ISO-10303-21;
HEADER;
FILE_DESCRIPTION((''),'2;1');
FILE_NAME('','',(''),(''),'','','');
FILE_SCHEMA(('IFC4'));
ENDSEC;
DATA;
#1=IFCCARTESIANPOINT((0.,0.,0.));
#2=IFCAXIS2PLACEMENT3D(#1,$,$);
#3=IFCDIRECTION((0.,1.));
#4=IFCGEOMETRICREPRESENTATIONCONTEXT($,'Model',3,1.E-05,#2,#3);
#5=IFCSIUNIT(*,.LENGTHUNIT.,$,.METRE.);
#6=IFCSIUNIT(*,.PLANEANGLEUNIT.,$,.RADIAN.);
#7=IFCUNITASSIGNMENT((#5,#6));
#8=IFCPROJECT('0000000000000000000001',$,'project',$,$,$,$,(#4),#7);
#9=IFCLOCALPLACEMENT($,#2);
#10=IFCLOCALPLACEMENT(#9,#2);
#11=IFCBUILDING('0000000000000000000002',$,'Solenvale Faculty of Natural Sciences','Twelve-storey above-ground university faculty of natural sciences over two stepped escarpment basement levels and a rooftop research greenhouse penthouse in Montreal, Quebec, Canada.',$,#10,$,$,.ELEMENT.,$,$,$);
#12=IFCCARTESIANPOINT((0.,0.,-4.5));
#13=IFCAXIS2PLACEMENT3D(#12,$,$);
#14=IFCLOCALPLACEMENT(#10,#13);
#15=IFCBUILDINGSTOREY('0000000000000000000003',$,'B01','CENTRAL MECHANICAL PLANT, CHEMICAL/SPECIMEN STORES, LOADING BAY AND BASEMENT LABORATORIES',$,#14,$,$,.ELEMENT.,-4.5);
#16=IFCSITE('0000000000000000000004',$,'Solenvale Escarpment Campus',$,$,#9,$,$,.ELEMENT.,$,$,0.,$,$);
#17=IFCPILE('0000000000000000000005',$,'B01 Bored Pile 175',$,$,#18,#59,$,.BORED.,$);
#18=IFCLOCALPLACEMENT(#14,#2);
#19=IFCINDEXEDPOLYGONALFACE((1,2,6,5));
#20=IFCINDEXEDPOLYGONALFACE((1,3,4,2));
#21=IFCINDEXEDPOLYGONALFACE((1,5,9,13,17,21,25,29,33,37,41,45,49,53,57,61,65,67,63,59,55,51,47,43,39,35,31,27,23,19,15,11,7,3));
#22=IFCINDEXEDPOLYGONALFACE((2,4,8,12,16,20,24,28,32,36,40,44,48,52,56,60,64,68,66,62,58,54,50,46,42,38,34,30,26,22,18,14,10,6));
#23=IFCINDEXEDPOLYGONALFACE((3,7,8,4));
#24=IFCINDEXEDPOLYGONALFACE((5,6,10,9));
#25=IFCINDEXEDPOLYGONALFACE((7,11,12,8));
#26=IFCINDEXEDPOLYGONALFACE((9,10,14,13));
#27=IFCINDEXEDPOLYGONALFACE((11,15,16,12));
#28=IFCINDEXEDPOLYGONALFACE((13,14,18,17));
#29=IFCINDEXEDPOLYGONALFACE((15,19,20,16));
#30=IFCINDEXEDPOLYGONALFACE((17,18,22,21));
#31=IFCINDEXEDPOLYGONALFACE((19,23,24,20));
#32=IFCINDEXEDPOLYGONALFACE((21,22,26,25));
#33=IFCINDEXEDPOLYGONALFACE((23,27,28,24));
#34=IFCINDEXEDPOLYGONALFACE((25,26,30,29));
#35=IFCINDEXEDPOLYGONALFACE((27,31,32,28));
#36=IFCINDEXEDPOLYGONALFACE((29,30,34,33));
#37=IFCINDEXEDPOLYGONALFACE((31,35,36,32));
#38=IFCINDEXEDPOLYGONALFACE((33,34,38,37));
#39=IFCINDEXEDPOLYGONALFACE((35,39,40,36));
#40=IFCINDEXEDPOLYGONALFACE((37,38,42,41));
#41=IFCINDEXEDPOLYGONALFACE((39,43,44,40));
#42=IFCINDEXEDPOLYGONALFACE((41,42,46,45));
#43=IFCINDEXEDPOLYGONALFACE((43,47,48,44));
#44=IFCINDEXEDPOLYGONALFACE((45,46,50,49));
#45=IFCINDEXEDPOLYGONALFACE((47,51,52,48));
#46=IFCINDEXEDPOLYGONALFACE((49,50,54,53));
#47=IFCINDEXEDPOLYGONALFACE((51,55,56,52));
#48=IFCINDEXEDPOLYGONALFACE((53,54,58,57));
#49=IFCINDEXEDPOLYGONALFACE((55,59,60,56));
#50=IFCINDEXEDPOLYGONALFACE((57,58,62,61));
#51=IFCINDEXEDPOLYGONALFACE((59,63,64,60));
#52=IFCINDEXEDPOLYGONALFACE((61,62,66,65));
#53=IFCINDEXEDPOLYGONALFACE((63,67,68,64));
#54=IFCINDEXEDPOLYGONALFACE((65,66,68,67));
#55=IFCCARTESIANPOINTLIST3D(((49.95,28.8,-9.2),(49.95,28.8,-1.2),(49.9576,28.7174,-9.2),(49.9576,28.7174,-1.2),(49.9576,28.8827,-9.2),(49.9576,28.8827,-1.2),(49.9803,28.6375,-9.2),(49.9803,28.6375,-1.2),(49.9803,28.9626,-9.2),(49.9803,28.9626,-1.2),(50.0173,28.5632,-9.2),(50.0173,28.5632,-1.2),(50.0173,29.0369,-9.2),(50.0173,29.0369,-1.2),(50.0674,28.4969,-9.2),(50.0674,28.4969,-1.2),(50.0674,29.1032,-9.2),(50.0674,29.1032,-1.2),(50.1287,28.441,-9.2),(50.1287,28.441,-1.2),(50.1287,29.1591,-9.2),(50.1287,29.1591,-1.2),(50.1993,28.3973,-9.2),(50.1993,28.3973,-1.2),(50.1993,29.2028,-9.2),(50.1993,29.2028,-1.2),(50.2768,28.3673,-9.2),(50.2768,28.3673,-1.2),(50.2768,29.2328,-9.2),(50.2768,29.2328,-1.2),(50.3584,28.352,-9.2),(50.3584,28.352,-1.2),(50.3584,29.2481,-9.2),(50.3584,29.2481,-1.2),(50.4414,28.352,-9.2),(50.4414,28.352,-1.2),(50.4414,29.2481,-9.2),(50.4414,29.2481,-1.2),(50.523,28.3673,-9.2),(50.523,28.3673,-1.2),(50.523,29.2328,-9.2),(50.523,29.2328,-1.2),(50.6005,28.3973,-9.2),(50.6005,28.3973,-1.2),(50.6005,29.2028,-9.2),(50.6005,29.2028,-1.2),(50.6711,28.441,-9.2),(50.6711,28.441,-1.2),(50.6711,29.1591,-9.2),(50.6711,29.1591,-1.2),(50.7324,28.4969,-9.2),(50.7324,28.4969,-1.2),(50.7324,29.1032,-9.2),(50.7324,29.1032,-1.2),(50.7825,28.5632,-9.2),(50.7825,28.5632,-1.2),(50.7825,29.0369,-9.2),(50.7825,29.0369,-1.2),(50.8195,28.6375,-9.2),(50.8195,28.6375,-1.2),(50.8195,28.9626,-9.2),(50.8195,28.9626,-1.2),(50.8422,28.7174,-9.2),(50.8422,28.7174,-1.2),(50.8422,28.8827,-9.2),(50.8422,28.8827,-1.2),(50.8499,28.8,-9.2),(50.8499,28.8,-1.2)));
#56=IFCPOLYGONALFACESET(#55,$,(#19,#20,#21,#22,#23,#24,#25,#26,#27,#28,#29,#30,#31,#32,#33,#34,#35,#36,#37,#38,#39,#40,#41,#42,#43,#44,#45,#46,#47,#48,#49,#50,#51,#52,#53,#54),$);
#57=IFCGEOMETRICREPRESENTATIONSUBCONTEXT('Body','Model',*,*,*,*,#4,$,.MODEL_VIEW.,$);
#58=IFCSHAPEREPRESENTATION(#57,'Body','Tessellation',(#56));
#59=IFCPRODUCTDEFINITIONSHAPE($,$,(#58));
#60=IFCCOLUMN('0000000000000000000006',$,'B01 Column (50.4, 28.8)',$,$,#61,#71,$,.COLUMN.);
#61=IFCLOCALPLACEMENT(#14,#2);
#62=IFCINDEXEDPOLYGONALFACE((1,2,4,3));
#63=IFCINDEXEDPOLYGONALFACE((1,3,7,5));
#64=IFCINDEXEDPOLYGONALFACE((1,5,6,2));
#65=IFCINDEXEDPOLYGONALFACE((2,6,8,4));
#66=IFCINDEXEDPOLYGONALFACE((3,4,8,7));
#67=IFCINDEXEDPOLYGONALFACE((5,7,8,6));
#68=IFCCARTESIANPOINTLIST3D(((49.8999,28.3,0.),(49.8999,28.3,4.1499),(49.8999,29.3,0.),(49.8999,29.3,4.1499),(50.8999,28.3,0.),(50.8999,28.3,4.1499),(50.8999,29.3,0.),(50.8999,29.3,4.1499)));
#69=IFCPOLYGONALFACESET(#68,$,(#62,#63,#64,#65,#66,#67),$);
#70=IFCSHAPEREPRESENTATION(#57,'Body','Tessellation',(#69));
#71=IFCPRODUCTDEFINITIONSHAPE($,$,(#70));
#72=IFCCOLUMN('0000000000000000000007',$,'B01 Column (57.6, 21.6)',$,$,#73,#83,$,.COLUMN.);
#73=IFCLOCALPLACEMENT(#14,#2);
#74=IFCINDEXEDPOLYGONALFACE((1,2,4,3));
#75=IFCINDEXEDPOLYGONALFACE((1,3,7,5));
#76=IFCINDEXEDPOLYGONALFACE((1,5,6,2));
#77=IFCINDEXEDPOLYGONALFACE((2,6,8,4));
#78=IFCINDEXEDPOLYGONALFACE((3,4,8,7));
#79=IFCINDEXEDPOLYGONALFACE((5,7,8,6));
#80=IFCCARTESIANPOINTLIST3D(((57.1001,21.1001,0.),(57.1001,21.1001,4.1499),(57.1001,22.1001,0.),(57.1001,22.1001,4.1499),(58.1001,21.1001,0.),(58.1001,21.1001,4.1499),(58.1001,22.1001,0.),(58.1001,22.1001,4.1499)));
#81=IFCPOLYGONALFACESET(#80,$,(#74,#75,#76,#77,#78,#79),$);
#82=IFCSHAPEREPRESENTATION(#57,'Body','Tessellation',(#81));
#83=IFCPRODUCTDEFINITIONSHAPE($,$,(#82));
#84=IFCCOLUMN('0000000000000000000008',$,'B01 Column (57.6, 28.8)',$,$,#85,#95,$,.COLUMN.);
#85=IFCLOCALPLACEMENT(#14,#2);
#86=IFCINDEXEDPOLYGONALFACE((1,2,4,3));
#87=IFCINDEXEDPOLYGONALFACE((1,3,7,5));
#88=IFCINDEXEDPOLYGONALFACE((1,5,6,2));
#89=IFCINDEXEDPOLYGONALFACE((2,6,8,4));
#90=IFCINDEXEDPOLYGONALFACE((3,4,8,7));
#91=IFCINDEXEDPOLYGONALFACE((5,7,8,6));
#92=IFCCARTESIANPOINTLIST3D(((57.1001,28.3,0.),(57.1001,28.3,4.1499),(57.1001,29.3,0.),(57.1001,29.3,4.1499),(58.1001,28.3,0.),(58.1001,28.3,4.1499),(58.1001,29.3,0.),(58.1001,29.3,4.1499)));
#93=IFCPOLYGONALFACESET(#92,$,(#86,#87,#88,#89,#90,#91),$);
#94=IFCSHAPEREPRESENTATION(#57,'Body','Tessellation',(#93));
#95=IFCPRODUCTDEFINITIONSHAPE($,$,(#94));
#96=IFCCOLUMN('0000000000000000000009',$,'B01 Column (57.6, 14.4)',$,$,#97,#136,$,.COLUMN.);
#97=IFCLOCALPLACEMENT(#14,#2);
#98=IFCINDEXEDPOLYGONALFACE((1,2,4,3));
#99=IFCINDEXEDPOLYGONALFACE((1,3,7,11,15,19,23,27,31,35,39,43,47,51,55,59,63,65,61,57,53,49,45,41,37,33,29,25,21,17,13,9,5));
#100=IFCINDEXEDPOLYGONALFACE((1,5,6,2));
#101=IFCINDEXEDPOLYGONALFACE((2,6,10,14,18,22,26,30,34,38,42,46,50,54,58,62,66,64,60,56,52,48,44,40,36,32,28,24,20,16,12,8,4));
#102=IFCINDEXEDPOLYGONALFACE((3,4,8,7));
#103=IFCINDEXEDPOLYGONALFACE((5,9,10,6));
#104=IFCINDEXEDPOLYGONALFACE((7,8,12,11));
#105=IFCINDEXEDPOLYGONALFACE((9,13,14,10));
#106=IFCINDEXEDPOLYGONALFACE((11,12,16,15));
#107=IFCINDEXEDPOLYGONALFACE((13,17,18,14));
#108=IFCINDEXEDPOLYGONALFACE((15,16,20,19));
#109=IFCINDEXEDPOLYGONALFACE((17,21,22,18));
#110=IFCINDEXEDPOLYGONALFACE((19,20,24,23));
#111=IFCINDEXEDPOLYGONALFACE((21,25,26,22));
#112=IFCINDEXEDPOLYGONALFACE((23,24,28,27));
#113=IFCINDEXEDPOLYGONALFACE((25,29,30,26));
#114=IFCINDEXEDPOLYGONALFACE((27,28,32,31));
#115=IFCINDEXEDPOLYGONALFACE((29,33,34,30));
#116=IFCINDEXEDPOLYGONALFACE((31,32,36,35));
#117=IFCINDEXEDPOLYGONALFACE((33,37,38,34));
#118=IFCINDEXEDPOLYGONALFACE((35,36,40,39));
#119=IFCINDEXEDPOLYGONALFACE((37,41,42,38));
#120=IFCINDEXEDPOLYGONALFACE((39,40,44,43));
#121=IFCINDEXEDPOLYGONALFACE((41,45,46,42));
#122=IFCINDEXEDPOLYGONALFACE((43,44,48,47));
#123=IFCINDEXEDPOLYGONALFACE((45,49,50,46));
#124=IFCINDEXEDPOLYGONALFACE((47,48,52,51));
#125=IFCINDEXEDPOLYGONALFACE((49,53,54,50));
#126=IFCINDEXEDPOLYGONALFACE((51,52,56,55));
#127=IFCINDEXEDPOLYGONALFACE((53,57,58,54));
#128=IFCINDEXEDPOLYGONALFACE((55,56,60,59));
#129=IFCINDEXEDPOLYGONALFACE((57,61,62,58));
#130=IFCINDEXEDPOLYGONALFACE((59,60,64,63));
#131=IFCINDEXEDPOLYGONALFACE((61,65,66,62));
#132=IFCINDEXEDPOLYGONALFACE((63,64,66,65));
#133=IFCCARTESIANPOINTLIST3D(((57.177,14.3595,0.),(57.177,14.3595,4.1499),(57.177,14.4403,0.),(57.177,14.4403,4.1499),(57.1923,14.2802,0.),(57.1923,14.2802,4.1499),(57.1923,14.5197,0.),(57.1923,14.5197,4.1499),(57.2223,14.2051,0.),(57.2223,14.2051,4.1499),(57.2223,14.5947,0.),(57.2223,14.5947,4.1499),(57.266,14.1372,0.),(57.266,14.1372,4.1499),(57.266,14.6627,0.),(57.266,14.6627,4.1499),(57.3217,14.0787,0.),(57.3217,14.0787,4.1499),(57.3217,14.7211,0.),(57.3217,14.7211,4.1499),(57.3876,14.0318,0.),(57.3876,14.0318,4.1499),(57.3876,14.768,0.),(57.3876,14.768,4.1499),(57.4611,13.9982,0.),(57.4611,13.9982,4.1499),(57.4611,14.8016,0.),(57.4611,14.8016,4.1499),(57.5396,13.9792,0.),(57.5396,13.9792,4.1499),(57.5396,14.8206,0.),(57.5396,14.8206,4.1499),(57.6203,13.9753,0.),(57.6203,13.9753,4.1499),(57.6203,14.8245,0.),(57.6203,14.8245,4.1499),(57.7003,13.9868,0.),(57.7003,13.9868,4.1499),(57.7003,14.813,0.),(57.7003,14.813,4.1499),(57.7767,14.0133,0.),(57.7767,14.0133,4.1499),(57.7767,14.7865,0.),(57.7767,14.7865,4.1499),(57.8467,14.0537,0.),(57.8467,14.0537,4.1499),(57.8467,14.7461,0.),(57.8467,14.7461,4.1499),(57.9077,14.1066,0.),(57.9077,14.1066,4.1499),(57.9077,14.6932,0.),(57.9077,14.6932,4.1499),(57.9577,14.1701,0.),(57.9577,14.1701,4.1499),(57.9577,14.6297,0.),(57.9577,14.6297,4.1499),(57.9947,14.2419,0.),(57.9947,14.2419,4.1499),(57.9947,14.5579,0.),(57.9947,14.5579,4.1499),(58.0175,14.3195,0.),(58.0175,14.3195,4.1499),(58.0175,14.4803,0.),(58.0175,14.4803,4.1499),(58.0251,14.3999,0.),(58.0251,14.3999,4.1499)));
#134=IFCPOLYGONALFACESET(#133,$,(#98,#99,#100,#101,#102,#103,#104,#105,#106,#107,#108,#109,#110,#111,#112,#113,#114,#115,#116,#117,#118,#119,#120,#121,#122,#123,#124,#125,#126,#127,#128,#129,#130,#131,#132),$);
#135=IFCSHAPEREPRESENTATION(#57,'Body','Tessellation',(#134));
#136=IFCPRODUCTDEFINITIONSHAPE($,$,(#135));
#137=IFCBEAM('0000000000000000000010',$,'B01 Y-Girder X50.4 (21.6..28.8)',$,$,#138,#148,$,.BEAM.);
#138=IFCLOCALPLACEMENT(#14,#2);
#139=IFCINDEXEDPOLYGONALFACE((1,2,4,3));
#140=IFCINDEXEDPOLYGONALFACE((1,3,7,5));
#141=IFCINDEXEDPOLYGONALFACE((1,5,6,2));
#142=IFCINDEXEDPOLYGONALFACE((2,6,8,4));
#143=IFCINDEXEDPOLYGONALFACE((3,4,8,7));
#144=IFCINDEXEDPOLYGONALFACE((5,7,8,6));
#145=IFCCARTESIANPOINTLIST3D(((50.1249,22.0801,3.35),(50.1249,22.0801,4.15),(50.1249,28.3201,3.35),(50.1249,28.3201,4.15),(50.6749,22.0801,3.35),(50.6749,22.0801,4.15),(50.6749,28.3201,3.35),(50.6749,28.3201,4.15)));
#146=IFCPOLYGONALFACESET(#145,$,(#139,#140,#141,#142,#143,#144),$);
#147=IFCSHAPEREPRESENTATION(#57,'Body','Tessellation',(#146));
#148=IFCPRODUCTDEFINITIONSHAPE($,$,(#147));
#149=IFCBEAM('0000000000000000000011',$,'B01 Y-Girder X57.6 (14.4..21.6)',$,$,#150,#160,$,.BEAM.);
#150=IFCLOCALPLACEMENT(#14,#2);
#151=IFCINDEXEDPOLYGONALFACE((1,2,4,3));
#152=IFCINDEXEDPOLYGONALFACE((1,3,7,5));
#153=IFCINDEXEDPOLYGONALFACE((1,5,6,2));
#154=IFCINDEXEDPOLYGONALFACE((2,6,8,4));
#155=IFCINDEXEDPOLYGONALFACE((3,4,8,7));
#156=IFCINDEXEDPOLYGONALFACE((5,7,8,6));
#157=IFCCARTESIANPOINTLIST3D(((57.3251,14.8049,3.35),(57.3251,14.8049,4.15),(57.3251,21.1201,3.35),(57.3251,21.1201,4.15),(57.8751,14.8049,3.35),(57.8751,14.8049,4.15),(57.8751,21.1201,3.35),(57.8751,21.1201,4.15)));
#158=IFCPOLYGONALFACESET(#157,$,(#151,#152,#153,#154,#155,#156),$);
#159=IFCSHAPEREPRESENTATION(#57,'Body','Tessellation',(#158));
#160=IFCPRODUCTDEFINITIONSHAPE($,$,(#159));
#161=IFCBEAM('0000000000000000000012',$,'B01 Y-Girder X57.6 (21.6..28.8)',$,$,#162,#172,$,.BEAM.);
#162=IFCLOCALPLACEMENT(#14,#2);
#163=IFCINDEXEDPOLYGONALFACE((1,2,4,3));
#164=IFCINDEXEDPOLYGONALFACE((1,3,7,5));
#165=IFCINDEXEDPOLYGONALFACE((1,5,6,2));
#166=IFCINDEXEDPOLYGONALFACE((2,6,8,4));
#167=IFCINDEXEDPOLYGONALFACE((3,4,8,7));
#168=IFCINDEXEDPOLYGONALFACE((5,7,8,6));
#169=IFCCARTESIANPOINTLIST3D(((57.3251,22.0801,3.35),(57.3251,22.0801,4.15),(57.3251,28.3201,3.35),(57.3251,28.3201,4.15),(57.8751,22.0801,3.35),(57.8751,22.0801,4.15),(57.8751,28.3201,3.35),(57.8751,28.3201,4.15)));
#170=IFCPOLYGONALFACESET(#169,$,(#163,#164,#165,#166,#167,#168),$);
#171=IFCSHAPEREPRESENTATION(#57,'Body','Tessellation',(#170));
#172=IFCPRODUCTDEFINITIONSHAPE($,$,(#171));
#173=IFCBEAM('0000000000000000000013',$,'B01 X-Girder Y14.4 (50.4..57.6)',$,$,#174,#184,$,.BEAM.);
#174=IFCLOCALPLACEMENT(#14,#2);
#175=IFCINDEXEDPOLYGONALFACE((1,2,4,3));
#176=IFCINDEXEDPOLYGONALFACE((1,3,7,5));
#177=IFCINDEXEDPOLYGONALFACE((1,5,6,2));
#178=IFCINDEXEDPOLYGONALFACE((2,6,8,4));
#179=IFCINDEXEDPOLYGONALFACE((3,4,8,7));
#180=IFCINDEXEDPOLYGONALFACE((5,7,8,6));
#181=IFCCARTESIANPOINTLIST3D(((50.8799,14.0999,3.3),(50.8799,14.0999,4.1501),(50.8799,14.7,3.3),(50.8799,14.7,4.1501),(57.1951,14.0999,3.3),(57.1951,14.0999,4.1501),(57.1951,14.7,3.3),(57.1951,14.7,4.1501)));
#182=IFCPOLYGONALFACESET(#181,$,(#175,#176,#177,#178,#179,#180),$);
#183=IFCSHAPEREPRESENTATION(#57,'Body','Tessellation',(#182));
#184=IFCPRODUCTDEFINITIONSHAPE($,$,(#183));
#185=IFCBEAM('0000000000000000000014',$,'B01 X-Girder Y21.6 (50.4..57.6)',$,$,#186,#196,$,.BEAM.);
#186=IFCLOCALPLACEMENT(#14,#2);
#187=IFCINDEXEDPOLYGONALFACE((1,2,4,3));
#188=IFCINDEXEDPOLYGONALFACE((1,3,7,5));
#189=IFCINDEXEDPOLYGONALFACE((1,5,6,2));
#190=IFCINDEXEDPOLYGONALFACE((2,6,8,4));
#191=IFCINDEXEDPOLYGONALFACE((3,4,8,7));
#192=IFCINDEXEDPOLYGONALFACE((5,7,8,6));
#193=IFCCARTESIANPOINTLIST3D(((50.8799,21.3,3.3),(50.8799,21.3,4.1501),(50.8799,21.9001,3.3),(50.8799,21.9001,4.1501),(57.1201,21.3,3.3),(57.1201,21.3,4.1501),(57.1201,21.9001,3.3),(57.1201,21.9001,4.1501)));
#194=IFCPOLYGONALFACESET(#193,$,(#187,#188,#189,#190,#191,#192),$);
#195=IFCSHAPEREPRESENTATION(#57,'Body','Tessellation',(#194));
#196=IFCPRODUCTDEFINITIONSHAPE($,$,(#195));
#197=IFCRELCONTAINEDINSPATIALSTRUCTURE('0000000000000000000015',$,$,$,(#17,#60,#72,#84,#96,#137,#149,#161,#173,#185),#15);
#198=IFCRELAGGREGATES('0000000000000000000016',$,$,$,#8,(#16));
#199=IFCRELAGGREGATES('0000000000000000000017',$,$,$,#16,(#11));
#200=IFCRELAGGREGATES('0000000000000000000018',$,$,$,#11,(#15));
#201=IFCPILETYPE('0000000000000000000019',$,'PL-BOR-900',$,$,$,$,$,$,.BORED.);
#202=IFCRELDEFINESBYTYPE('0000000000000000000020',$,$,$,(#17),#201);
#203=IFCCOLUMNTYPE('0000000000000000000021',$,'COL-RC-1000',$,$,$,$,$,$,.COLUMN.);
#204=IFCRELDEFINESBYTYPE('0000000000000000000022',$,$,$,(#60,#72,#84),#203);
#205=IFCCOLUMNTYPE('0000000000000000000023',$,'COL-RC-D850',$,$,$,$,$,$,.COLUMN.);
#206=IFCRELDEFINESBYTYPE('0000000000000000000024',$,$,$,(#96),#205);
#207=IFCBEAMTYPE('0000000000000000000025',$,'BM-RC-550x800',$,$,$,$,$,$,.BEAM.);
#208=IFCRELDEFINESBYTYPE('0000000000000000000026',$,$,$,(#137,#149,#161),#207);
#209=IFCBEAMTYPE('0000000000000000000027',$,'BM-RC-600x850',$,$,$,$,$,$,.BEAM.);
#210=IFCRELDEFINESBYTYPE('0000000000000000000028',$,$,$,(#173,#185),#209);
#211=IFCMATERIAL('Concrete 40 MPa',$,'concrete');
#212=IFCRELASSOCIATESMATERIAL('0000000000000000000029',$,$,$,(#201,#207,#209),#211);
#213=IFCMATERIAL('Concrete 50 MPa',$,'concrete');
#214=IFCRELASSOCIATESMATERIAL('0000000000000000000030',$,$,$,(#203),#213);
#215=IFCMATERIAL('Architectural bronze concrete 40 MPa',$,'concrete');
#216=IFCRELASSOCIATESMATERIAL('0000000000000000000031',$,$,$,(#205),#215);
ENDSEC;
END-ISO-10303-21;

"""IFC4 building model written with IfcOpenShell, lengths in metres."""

from ifc_helpers import new_model, si_unit, direction, frame, origin, origin_2d, place, context, subcontext, project, spatial, rectangle, circle, extrude, material, material_profile, profile_set, type_object, element, save


model = new_model("IFC4")

# Units and contexts
model_context = context("Model", 3, precision=1e-05, world=origin(), true_north=direction((0.0, 1.0)))
body_context = subcontext(model_context, "Body", "Model", "MODEL_VIEW")
ifc_project = project(units=[si_unit("LENGTHUNIT", "METRE"), si_unit("PLANEANGLEUNIT", "RADIAN")], contexts=[model_context])

# Site, building, storey
site_placement = place(None, origin())
site = spatial("IfcSite", under=ifc_project, at=site_placement, Name="Solenvale Escarpment Campus", CompositionType="ELEMENT", RefElevation=0.0)
building_placement = place(site_placement, origin())
building = spatial("IfcBuilding", under=site, at=building_placement, Name="Solenvale Faculty of Natural Sciences", Description="Twelve-storey above-ground university faculty of natural sciences over two stepped escarpment basement levels and a rooftop research greenhouse penthouse in Montreal, Quebec, Canada.", CompositionType="ELEMENT")
storey_placement = place(building_placement, frame((0.0, 0.0, -4.5)))
storey = spatial("IfcBuildingStorey", under=building, at=storey_placement, Name="B01", Description="CENTRAL MECHANICAL PLANT, CHEMICAL/SPECIMEN STORES, LOADING BAY AND BASEMENT LABORATORIES", CompositionType="ELEMENT", Elevation=-4.5)

# Shared definitions
ifc_material_1 = material(Name="Concrete 40 MPa", Category="concrete")

# Pile
ifc_material_profile_1 = material_profile(ifc_material_1, circle(Radius=0.45, at=origin_2d()), Name="PILE-D900")
ifc_profile_set_1 = profile_set([ifc_material_profile_1], Name="Concrete 40 MPa")
pile_type = type_object("IfcPileType", Name="PL-BOR-900", PredefinedType="BORED", material=ifc_profile_set_1)
for number, where, z_axis, x_axis, name in (
    (1, (50.3999, 28.8, -1.2), (0.0, 0.0, -1.0), (1.0, 0.0, 0.0), "B01 Bored Pile 175"),
):
    element("IfcPile", number, at=place(storey_placement, frame(where, z_axis=z_axis, x_axis=x_axis)), inside=storey, type_object=pile_type, Name=name, PredefinedType="BORED", context=body_context, shape_type="SweptSolid", body=[
        extrude(circle(Radius=0.45, at=origin_2d()), origin(), (0.0, 0.0, 1.0), 8.0),
    ])

# Columns
ifc_material_2 = material(Name="Concrete 50 MPa", Category="concrete")
ifc_material_profile_2 = material_profile(ifc_material_2, rectangle(XDim=1.0, YDim=1.0, at=origin_2d()), Name="RC-COL-1000x1000")
ifc_profile_set_2 = profile_set([ifc_material_profile_2], Name="Concrete 50 MPa")
column_type_1 = type_object("IfcColumnType", Name="COL-RC-1000", PredefinedType="COLUMN", material=ifc_profile_set_2)
for number, where, z_axis, x_axis, name in (
    (2, (50.3999, 28.8, 0.0), (0.0, 0.0, 1.0), (1.0, 0.0, 0.0), "B01 Column (50.4, 28.8)"),
    (3, (57.6001, 21.6001, 0.0), (0.0, 0.0, 1.0), (1.0, 0.0, 0.0), "B01 Column (57.6, 21.6)"),
    (4, (57.6001, 28.8, 0.0), (0.0, 0.0, 1.0), (1.0, 0.0, 0.0), "B01 Column (57.6, 28.8)"),
):
    element("IfcColumn", number, at=place(storey_placement, frame(where, z_axis=z_axis, x_axis=x_axis)), inside=storey, type_object=column_type_1, Name=name, PredefinedType="COLUMN", context=body_context, shape_type="SweptSolid", body=[
        extrude(rectangle(XDim=1.0, YDim=1.0, at=origin_2d()), origin(), (0.0, 0.0, 1.0), 4.1499),
    ])
ifc_material_3 = material(Name="Architectural bronze concrete 40 MPa", Category="concrete")
ifc_material_profile_3 = material_profile(ifc_material_3, circle(Radius=0.425, at=origin_2d()), Name="RC-COL-D850")
ifc_profile_set_3 = profile_set([ifc_material_profile_3], Name="Architectural bronze concrete 40 MPa")
column_type_2 = type_object("IfcColumnType", Name="COL-RC-D850", PredefinedType="COLUMN", material=ifc_profile_set_3)
column_placement = place(storey_placement, frame((57.6001, 14.3999, 0.0), z_axis=(0.0, 0.0, 1.0), x_axis=(1.0, 0.0, 0.0)))
element("IfcColumn", 5, at=column_placement, inside=storey, type_object=column_type_2, Name="B01 Column (57.6, 14.4)", PredefinedType="COLUMN", context=body_context, shape_type="SweptSolid", body=[
    extrude(circle(Radius=0.425, at=origin_2d()), origin(), (0.0, 0.0, 1.0), 4.1499),
])

# Beams
ifc_material_profile_4 = material_profile(ifc_material_1, rectangle(XDim=0.55, YDim=0.8, at=origin_2d()), Name="RC-BM-550x800")
ifc_profile_set_4 = profile_set([ifc_material_profile_4], Name="Concrete 40 MPa")
beam_type_1 = type_object("IfcBeamType", Name="BM-RC-550x800", PredefinedType="BEAM", material=ifc_profile_set_4)
beam_1_placement = place(storey_placement, frame((50.3999, 22.0801, 3.75), z_axis=(0.0, 1.0, 0.0), x_axis=(-1.0, 0.0, 0.0)))
element("IfcBeam", 6, at=beam_1_placement, inside=storey, type_object=beam_type_1, Name="B01 Y-Girder X50.4 (21.6..28.8)", PredefinedType="BEAM", context=body_context, shape_type="SweptSolid", body=[
    extrude(rectangle(XDim=0.55, YDim=0.8, at=origin_2d()), origin(), (0.0, 0.0, 1.0), 6.24),
])
beam_2_placement = place(storey_placement, frame((57.6001, 14.8049, 3.75), z_axis=(0.0, 1.0, 0.0), x_axis=(-1.0, 0.0, 0.0)))
element("IfcBeam", 7, at=beam_2_placement, inside=storey, type_object=beam_type_1, Name="B01 Y-Girder X57.6 (14.4..21.6)", PredefinedType="BEAM", context=body_context, shape_type="SweptSolid", body=[
    extrude(rectangle(XDim=0.55, YDim=0.8, at=origin_2d()), origin(), (0.0, 0.0, 1.0), 6.3152),
])
beam_3_placement = place(storey_placement, frame((57.6001, 22.0801, 3.75), z_axis=(0.0, 1.0, 0.0), x_axis=(-1.0, 0.0, 0.0)))
element("IfcBeam", 8, at=beam_3_placement, inside=storey, type_object=beam_type_1, Name="B01 Y-Girder X57.6 (21.6..28.8)", PredefinedType="BEAM", context=body_context, shape_type="SweptSolid", body=[
    extrude(rectangle(XDim=0.55, YDim=0.8, at=origin_2d()), origin(), (0.0, 0.0, 1.0), 6.24),
])
ifc_material_profile_5 = material_profile(ifc_material_1, rectangle(XDim=0.6001, YDim=0.8501, at=origin_2d()), Name="RC-BM-600x850")
ifc_profile_set_5 = profile_set([ifc_material_profile_5], Name="Concrete 40 MPa")
beam_type_2 = type_object("IfcBeamType", Name="BM-RC-600x850", PredefinedType="BEAM", material=ifc_profile_set_5)
beam_4_placement = place(storey_placement, frame((50.8799, 14.3999, 3.7251), z_axis=(1.0, 0.0, 0.0), x_axis=(0.0, 1.0, 0.0)))
element("IfcBeam", 9, at=beam_4_placement, inside=storey, type_object=beam_type_2, Name="B01 X-Girder Y14.4 (50.4..57.6)", PredefinedType="BEAM", context=body_context, shape_type="SweptSolid", body=[
    extrude(rectangle(XDim=0.6001, YDim=0.8501, at=origin_2d()), origin(), (0.0, 0.0, 1.0), 6.3152),
])
for number, where, z_axis, x_axis, name in (
    (10, (50.8799, 21.6001, 3.7251), (1.0, 0.0, 0.0), (0.0, 1.0, 0.0), "B01 X-Girder Y21.6 (50.4..57.6)"),
):
    element("IfcBeam", number, at=place(storey_placement, frame(where, z_axis=z_axis, x_axis=x_axis)), inside=storey, type_object=beam_type_2, Name=name, PredefinedType="BEAM", context=body_context, shape_type="SweptSolid", body=[
        extrude(rectangle(XDim=0.6001, YDim=0.8501, at=origin_2d()), origin(), (0.0, 0.0, 1.0), 6.2402),
    ])

save(model, "model.ifc")
